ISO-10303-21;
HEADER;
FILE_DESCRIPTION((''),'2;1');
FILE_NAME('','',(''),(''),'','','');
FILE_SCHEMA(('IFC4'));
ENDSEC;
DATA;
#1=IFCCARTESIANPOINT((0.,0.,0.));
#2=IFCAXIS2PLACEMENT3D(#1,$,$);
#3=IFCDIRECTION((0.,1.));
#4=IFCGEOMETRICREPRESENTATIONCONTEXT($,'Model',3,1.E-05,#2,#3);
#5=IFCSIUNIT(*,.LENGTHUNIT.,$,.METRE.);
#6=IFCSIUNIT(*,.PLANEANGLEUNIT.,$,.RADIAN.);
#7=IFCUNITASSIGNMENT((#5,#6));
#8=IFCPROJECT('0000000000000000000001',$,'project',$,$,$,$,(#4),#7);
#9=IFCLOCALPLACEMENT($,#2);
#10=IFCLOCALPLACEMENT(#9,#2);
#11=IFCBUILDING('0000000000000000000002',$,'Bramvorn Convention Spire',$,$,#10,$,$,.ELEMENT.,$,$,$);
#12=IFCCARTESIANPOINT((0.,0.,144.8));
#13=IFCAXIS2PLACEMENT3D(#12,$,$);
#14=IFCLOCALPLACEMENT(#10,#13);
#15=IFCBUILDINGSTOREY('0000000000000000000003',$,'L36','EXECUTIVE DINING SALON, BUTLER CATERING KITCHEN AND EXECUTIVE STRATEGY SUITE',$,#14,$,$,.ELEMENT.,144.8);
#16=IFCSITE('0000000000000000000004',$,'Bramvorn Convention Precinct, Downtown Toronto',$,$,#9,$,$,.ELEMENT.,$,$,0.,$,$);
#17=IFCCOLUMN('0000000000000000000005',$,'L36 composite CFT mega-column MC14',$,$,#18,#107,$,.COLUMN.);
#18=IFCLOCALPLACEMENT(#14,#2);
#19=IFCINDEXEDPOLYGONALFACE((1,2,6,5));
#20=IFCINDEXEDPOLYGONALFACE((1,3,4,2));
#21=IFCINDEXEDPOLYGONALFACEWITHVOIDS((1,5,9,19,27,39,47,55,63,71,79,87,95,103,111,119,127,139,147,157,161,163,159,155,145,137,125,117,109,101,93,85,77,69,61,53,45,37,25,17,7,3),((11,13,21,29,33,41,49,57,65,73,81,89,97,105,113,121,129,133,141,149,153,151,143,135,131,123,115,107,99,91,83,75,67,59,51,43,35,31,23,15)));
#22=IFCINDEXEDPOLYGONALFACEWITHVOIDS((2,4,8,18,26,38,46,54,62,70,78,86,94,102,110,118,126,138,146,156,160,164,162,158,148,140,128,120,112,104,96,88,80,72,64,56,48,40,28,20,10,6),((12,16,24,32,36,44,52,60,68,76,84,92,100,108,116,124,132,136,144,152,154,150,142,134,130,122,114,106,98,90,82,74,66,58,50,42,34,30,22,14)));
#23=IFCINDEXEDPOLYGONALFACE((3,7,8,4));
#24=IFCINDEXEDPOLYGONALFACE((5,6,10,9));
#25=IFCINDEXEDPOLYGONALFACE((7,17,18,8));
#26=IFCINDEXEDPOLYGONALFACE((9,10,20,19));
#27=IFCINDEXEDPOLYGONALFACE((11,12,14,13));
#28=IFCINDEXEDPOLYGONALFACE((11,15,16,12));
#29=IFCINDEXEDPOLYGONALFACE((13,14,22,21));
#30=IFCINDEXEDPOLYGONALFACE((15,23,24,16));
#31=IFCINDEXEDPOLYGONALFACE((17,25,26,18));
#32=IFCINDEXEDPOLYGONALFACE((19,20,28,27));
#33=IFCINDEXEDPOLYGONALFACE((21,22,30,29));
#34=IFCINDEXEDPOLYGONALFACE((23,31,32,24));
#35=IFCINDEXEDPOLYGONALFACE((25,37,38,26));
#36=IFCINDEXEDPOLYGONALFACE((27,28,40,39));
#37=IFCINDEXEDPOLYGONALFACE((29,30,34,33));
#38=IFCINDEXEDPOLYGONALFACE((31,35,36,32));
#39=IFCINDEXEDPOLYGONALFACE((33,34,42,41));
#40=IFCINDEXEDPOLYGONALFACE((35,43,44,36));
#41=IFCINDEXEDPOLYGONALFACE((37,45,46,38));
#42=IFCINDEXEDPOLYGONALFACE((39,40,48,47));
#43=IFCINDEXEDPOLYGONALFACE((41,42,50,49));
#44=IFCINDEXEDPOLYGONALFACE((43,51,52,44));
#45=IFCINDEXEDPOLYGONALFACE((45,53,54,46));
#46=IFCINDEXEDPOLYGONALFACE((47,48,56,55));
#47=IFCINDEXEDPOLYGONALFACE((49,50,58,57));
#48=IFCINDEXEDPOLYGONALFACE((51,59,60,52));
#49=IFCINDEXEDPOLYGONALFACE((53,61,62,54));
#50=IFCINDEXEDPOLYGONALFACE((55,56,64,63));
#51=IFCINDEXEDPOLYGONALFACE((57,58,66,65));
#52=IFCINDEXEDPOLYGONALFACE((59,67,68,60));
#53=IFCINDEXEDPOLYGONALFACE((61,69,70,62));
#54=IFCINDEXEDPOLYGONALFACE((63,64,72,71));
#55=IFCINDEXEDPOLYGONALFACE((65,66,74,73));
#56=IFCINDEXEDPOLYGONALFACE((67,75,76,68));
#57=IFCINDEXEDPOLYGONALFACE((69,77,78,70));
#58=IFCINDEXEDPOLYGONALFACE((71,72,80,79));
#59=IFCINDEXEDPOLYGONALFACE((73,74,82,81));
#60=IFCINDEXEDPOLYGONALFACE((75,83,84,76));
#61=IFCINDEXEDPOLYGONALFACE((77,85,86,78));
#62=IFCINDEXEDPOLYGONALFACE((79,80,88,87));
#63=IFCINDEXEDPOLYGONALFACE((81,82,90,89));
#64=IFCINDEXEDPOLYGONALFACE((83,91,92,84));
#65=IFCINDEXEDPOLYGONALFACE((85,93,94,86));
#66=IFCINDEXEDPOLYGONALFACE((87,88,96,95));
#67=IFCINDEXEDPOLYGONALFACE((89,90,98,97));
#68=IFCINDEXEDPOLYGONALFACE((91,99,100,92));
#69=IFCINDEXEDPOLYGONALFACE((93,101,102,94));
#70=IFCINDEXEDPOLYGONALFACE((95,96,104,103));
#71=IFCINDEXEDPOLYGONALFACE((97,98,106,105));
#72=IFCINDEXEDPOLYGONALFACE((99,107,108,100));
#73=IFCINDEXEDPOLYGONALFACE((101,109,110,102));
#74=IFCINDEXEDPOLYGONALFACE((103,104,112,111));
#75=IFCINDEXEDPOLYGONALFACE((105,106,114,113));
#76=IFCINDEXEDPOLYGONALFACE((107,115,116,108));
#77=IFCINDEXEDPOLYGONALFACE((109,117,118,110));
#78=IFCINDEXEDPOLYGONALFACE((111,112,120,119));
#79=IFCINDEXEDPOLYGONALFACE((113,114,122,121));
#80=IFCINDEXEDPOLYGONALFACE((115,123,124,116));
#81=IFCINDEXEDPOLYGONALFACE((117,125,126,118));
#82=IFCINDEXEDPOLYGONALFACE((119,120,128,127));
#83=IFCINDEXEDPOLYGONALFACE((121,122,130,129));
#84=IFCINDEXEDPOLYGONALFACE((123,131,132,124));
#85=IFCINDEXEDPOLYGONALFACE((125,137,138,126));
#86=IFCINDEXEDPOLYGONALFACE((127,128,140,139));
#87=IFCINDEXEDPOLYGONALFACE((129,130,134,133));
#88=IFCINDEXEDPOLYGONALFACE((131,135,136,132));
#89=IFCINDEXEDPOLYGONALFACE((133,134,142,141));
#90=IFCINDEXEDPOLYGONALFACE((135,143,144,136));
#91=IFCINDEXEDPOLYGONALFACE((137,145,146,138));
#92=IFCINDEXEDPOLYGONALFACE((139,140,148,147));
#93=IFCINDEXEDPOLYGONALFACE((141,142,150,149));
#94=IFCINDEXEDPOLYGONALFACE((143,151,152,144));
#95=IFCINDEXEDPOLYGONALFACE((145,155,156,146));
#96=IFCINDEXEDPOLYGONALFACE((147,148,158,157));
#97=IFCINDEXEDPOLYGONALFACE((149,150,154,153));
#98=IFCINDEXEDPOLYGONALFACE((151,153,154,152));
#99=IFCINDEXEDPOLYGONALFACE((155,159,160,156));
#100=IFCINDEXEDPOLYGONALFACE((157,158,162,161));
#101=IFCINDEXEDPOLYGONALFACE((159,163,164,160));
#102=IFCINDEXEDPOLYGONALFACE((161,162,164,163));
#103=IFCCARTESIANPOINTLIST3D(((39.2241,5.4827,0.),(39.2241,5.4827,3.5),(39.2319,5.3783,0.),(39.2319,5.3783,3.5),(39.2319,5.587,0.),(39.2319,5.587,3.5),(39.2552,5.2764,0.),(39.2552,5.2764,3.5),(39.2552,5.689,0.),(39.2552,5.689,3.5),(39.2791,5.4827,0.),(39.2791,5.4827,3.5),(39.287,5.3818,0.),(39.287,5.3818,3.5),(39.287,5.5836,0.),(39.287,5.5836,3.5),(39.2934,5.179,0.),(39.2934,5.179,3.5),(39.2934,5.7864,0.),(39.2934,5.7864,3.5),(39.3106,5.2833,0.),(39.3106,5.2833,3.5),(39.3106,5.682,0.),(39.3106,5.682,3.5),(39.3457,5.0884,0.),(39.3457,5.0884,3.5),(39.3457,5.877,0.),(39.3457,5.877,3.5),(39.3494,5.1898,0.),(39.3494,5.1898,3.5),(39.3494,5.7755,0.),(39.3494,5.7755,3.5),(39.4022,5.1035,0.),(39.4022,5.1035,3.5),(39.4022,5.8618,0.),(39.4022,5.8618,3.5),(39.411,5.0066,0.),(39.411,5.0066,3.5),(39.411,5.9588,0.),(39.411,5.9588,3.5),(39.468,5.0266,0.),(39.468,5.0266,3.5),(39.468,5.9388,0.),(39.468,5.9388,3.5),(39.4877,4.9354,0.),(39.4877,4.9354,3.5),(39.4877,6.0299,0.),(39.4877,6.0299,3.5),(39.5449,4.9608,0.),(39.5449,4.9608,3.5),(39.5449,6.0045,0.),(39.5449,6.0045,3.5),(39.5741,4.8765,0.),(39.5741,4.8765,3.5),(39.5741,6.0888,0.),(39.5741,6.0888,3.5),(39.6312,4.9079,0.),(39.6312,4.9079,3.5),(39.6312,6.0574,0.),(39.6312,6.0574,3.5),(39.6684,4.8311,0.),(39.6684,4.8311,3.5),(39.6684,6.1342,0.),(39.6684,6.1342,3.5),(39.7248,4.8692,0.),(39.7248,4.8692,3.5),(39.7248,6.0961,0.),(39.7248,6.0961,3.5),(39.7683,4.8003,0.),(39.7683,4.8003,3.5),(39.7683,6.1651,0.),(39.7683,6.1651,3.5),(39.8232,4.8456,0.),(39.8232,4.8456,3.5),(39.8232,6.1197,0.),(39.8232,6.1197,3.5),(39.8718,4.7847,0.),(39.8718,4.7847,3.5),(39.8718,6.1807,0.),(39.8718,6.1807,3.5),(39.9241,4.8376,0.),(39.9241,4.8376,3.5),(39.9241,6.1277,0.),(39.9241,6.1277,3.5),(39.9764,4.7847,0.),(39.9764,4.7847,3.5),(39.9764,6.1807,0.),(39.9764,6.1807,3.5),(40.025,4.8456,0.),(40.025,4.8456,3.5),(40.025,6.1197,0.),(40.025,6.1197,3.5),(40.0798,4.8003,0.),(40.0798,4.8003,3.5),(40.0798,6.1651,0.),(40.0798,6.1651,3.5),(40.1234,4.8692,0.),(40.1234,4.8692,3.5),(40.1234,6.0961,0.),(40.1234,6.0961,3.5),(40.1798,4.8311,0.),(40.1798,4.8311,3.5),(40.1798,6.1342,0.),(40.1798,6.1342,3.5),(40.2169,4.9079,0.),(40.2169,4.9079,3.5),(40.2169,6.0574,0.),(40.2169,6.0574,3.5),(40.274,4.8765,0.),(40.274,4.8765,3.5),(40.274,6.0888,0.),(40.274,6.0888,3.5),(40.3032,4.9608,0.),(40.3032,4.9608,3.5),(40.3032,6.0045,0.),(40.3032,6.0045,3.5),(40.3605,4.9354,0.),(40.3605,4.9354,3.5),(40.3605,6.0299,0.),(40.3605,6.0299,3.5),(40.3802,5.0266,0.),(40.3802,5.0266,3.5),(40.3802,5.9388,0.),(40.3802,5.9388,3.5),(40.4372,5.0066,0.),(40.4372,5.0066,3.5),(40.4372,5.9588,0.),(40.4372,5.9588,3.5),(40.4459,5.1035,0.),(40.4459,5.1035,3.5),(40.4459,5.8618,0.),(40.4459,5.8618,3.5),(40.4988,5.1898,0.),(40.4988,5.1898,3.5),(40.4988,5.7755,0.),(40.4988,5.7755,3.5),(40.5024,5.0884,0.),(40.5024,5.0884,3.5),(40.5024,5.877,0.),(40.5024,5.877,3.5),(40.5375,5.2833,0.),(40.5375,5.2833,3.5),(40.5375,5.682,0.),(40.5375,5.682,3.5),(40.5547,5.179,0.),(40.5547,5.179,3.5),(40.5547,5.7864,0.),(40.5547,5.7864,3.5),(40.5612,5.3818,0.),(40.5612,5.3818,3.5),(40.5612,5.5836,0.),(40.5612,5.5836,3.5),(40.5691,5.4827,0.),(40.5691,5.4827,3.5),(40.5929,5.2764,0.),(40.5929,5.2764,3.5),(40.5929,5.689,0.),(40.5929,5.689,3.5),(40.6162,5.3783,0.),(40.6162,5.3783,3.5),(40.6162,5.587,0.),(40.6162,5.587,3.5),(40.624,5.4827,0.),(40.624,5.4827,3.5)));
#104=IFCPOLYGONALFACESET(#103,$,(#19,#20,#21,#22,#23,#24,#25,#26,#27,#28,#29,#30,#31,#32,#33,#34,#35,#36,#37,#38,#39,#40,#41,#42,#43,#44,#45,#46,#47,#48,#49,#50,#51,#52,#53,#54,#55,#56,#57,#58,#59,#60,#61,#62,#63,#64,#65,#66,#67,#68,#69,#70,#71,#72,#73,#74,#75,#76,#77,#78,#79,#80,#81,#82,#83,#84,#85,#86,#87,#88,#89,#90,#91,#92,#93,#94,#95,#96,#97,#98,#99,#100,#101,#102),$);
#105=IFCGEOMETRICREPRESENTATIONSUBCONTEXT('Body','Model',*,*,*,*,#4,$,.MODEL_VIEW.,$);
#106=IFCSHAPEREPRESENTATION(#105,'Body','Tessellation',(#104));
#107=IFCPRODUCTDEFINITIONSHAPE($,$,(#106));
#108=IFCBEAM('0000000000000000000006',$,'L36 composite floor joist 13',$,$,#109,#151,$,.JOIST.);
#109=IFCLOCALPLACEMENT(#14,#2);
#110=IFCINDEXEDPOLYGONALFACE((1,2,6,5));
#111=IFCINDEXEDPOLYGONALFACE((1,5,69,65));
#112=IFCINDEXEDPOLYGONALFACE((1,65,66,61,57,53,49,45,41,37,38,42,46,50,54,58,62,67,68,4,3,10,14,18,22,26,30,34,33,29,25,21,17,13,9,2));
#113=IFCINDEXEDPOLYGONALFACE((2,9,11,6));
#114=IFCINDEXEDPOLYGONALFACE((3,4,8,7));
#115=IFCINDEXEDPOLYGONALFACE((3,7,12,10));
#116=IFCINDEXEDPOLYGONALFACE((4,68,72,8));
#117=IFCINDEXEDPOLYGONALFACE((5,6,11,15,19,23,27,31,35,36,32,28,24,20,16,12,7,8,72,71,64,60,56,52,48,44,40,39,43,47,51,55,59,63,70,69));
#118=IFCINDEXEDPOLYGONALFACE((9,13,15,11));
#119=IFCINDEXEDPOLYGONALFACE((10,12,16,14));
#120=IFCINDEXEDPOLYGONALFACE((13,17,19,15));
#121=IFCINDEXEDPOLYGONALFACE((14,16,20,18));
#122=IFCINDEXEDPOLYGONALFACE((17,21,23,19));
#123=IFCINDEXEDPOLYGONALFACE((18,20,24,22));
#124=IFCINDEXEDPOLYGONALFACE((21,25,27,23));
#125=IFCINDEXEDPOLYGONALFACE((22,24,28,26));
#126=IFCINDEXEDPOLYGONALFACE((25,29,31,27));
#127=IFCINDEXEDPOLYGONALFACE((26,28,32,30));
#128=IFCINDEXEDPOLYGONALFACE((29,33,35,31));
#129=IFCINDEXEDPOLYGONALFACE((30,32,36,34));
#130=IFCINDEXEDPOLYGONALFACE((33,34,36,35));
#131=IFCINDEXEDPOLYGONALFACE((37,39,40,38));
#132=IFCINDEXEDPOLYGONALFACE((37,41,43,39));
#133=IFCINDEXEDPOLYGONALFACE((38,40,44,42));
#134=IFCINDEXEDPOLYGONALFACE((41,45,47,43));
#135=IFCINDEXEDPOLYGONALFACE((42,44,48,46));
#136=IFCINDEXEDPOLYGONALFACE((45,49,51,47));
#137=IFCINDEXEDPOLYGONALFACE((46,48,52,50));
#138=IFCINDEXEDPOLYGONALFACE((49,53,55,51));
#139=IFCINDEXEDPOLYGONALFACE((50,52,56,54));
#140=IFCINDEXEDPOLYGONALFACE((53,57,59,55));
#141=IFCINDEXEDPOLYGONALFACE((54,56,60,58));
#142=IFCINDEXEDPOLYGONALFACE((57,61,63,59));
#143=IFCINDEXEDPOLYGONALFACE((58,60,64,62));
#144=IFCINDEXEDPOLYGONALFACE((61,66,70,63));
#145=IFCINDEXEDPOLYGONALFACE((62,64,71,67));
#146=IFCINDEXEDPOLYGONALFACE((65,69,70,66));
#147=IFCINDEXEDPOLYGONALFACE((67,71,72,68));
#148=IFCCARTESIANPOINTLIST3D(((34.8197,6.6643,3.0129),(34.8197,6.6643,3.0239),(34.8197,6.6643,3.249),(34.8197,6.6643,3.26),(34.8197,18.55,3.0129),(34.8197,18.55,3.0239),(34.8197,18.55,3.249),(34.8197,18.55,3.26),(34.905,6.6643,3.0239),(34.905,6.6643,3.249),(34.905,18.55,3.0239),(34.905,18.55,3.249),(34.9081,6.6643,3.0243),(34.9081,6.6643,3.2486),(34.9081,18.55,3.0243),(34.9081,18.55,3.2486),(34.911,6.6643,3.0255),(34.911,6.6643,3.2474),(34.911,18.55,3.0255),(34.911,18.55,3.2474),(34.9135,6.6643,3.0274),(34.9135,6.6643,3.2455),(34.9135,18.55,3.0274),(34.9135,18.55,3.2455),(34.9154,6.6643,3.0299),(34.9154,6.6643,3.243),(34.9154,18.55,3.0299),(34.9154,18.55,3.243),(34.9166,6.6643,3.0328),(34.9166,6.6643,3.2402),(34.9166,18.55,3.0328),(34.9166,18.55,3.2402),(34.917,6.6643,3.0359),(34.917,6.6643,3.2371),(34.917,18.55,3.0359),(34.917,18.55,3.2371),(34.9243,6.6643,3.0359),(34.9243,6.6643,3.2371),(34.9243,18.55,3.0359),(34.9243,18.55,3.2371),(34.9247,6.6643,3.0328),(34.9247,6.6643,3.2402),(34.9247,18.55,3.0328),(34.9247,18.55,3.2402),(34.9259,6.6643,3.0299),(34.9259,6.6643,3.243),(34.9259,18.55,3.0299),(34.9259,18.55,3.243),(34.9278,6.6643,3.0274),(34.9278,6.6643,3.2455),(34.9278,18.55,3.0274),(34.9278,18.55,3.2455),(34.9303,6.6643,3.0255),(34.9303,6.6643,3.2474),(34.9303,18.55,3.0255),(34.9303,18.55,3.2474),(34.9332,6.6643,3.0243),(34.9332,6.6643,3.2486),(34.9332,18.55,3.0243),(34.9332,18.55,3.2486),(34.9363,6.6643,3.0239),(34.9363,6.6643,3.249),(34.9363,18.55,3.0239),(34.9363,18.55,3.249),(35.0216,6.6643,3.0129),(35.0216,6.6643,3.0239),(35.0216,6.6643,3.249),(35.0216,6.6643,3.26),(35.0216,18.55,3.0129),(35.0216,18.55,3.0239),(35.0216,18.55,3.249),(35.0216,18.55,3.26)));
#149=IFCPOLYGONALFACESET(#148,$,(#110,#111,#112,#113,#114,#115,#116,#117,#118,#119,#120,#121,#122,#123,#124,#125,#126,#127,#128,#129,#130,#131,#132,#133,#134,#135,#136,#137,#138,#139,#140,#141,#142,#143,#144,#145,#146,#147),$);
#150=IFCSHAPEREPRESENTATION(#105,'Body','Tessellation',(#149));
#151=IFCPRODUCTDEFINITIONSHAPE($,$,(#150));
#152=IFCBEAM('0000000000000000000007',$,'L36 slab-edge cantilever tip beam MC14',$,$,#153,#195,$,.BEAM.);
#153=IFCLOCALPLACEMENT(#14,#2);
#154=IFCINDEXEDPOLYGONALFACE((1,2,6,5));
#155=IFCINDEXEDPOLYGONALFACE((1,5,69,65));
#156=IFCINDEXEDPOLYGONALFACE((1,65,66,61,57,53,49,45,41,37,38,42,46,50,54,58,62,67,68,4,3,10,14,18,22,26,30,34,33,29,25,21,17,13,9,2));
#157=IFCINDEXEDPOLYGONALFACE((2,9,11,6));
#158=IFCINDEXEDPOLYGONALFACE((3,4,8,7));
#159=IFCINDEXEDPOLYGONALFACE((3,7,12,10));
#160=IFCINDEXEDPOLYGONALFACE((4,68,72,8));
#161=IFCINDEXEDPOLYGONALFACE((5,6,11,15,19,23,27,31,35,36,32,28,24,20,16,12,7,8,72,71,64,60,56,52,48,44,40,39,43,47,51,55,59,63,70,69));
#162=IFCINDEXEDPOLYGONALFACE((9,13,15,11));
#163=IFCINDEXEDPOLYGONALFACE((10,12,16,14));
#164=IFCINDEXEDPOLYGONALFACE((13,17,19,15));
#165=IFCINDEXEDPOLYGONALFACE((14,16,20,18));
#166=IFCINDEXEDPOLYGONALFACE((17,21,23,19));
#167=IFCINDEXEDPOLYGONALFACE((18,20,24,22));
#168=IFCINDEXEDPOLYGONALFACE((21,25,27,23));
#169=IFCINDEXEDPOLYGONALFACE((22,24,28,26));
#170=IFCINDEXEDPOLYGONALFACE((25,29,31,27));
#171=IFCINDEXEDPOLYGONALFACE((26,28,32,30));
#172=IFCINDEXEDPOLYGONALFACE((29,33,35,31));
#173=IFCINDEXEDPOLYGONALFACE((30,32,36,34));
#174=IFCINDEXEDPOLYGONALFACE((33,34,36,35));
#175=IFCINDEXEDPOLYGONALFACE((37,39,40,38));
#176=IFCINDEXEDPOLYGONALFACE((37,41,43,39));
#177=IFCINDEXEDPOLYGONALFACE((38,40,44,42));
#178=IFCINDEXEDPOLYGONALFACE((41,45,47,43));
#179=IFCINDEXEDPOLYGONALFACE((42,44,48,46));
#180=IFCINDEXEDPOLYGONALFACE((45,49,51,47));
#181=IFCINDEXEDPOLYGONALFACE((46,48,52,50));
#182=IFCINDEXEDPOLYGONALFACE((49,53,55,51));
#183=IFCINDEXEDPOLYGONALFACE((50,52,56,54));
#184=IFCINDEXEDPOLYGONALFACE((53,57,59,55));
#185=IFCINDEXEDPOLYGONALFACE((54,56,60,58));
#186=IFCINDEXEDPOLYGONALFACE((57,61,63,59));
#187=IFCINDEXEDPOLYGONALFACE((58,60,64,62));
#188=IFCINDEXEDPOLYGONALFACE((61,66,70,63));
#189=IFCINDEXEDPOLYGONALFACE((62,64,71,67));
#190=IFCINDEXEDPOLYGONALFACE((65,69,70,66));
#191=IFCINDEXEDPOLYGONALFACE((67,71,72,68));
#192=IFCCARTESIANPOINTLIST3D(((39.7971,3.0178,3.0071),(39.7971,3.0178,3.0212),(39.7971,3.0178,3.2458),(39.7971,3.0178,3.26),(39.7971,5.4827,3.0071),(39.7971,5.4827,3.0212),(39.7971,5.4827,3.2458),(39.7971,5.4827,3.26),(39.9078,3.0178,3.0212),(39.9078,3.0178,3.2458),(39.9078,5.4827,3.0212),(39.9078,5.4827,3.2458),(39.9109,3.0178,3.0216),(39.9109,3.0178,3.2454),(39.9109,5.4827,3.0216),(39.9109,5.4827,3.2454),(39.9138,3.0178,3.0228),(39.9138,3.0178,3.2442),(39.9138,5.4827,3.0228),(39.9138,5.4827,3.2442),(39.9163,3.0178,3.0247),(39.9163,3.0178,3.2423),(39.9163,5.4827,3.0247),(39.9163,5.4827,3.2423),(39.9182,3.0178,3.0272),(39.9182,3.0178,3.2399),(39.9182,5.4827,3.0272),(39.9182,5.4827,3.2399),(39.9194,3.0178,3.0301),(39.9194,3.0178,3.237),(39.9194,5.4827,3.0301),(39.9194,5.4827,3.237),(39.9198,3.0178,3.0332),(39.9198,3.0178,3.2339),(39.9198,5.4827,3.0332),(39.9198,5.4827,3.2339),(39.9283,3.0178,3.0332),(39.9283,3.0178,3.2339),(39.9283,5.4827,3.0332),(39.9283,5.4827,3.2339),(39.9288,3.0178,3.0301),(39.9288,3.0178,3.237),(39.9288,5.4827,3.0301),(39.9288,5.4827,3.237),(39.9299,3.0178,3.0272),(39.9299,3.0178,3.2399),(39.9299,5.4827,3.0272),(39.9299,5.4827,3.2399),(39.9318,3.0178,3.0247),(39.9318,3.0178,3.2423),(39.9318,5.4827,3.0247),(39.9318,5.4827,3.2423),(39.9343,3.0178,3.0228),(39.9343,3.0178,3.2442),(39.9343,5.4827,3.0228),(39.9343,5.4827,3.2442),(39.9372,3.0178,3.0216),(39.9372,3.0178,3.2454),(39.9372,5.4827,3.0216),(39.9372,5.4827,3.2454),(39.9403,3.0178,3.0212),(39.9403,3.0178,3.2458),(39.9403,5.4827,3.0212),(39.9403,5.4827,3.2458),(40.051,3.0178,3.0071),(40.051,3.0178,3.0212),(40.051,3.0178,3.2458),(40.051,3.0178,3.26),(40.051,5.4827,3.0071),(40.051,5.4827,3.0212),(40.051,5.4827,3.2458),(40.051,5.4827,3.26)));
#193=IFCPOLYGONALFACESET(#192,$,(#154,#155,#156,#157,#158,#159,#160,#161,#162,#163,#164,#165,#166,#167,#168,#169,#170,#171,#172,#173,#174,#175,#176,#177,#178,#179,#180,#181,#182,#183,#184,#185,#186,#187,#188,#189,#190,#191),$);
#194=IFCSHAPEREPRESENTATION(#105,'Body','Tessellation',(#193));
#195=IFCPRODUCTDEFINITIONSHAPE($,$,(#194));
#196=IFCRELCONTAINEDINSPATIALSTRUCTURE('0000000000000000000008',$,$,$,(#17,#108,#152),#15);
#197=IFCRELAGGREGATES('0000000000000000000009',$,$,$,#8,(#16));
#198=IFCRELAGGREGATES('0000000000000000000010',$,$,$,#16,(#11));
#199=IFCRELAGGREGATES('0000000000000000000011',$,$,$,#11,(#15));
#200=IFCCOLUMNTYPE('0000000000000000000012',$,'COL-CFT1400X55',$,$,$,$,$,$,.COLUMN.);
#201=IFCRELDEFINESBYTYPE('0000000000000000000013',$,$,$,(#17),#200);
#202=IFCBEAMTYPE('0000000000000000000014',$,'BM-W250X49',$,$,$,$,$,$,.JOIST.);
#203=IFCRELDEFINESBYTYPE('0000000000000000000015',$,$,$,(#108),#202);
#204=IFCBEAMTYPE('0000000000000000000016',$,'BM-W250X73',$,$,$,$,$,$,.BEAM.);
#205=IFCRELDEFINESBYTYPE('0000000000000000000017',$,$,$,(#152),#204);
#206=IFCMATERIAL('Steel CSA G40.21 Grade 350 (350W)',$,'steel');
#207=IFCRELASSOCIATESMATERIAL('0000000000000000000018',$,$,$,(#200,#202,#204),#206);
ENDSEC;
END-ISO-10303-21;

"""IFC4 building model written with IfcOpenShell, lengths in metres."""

from ifc_helpers import new_model, si_unit, direction, frame, origin, origin_2d, place, context, subcontext, project, spatial, hollow_circle, i_section, extrude, material, material_profile, profile_set, type_object, element, save


model = new_model("IFC4")

# Units and contexts
model_context = context("Model", 3, precision=1e-05, world=origin(), true_north=direction((0.0, 1.0)))
body_context = subcontext(model_context, "Body", "Model", "MODEL_VIEW")
ifc_project = project(units=[si_unit("LENGTHUNIT", "METRE"), si_unit("PLANEANGLEUNIT", "RADIAN")], contexts=[model_context])

# Site, building, storey
site_placement = place(None, origin())
site = spatial("IfcSite", under=ifc_project, at=site_placement, Name="Bramvorn Convention Precinct, Downtown Toronto", CompositionType="ELEMENT", RefElevation=0.0)
building_placement = place(site_placement, origin())
building = spatial("IfcBuilding", under=site, at=building_placement, Name="Bramvorn Convention Spire", CompositionType="ELEMENT")
storey_placement = place(building_placement, frame((0.0, 0.0, 144.8)))
storey = spatial("IfcBuildingStorey", under=building, at=storey_placement, Name="L36", Description="EXECUTIVE DINING SALON, BUTLER CATERING KITCHEN AND EXECUTIVE STRATEGY SUITE", CompositionType="ELEMENT", Elevation=144.8)

# Column
ifc_material_1 = material(Name="Steel CSA G40.21 Grade 350 (350W)", Category="steel")
ifc_material_profile_1 = material_profile(ifc_material_1, hollow_circle(Radius=0.7, WallThickness=0.0549, at=origin_2d()))
ifc_profile_set_1 = profile_set([ifc_material_profile_1], Name="Steel CSA G40.21 Grade 350 (350W) - CFT1400X55")
column_type = type_object("IfcColumnType", Name="COL-CFT1400X55", PredefinedType="COLUMN", material=ifc_profile_set_1)
column_placement = place(storey_placement, frame((39.9241, 5.4827, 0.0), z_axis=(0.0, 0.0, 1.0), x_axis=(1.0, 0.0, 0.0)))
element("IfcColumn", 1, at=column_placement, inside=storey, type_object=column_type, Name="L36 composite CFT mega-column MC14", PredefinedType="COLUMN", context=body_context, shape_type="SweptSolid", body=[
    extrude(hollow_circle(Radius=0.7, WallThickness=0.0549, at=origin_2d()), origin(), (0.0, 0.0, 1.0), 3.5),
])

# Beams
ifc_material_profile_2 = material_profile(ifc_material_1, i_section(OverallWidth=0.2019, OverallDepth=0.2471, WebThickness=0.0073, FlangeThickness=0.011, FilletRadius=0.012, at=origin_2d()))
ifc_profile_set_2 = profile_set([ifc_material_profile_2], Name="Steel CSA G40.21 Grade 350 (350W) - W250X49")
beam_type_1 = type_object("IfcBeamType", Name="BM-W250X49", PredefinedType="JOIST", material=ifc_profile_set_2)
beam_1_placement = place(storey_placement, frame((34.9207, 18.55, 3.1365), z_axis=(0.0, -1.0, 0.0), x_axis=(1.0, 0.0, 0.0)))
element("IfcBeam", 2, at=beam_1_placement, inside=storey, type_object=beam_type_1, Name="L36 composite floor joist 13", PredefinedType="JOIST", context=body_context, shape_type="SweptSolid", body=[
    extrude(i_section(OverallWidth=0.2019, OverallDepth=0.2471, WebThickness=0.0073, FlangeThickness=0.011, FilletRadius=0.012, at=origin_2d()), origin(), (0.0, 0.0, 1.0), 11.8857),
])
ifc_material_profile_3 = material_profile(ifc_material_1, i_section(OverallWidth=0.2539, OverallDepth=0.2529, WebThickness=0.0085, FlangeThickness=0.0142, FilletRadius=0.012, at=origin_2d()))
ifc_profile_set_3 = profile_set([ifc_material_profile_3], Name="Steel CSA G40.21 Grade 350 (350W) - W250X73")
beam_type_2 = type_object("IfcBeamType", Name="BM-W250X73", PredefinedType="BEAM", material=ifc_profile_set_3)
beam_2_placement = place(storey_placement, frame((39.9241, 5.4827, 3.1335), z_axis=(0.0, -1.0, 0.0), x_axis=(1.0, 0.0, 0.0)))
element("IfcBeam", 3, at=beam_2_placement, inside=storey, type_object=beam_type_2, Name="L36 slab-edge cantilever tip beam MC14", PredefinedType="BEAM", context=body_context, shape_type="SweptSolid", body=[
    extrude(i_section(OverallWidth=0.2539, OverallDepth=0.2529, WebThickness=0.0085, FlangeThickness=0.0142, FilletRadius=0.012, at=origin_2d()), origin(), (0.0, 0.0, 1.0), 2.4648),
])

save(model, "model.ifc")
